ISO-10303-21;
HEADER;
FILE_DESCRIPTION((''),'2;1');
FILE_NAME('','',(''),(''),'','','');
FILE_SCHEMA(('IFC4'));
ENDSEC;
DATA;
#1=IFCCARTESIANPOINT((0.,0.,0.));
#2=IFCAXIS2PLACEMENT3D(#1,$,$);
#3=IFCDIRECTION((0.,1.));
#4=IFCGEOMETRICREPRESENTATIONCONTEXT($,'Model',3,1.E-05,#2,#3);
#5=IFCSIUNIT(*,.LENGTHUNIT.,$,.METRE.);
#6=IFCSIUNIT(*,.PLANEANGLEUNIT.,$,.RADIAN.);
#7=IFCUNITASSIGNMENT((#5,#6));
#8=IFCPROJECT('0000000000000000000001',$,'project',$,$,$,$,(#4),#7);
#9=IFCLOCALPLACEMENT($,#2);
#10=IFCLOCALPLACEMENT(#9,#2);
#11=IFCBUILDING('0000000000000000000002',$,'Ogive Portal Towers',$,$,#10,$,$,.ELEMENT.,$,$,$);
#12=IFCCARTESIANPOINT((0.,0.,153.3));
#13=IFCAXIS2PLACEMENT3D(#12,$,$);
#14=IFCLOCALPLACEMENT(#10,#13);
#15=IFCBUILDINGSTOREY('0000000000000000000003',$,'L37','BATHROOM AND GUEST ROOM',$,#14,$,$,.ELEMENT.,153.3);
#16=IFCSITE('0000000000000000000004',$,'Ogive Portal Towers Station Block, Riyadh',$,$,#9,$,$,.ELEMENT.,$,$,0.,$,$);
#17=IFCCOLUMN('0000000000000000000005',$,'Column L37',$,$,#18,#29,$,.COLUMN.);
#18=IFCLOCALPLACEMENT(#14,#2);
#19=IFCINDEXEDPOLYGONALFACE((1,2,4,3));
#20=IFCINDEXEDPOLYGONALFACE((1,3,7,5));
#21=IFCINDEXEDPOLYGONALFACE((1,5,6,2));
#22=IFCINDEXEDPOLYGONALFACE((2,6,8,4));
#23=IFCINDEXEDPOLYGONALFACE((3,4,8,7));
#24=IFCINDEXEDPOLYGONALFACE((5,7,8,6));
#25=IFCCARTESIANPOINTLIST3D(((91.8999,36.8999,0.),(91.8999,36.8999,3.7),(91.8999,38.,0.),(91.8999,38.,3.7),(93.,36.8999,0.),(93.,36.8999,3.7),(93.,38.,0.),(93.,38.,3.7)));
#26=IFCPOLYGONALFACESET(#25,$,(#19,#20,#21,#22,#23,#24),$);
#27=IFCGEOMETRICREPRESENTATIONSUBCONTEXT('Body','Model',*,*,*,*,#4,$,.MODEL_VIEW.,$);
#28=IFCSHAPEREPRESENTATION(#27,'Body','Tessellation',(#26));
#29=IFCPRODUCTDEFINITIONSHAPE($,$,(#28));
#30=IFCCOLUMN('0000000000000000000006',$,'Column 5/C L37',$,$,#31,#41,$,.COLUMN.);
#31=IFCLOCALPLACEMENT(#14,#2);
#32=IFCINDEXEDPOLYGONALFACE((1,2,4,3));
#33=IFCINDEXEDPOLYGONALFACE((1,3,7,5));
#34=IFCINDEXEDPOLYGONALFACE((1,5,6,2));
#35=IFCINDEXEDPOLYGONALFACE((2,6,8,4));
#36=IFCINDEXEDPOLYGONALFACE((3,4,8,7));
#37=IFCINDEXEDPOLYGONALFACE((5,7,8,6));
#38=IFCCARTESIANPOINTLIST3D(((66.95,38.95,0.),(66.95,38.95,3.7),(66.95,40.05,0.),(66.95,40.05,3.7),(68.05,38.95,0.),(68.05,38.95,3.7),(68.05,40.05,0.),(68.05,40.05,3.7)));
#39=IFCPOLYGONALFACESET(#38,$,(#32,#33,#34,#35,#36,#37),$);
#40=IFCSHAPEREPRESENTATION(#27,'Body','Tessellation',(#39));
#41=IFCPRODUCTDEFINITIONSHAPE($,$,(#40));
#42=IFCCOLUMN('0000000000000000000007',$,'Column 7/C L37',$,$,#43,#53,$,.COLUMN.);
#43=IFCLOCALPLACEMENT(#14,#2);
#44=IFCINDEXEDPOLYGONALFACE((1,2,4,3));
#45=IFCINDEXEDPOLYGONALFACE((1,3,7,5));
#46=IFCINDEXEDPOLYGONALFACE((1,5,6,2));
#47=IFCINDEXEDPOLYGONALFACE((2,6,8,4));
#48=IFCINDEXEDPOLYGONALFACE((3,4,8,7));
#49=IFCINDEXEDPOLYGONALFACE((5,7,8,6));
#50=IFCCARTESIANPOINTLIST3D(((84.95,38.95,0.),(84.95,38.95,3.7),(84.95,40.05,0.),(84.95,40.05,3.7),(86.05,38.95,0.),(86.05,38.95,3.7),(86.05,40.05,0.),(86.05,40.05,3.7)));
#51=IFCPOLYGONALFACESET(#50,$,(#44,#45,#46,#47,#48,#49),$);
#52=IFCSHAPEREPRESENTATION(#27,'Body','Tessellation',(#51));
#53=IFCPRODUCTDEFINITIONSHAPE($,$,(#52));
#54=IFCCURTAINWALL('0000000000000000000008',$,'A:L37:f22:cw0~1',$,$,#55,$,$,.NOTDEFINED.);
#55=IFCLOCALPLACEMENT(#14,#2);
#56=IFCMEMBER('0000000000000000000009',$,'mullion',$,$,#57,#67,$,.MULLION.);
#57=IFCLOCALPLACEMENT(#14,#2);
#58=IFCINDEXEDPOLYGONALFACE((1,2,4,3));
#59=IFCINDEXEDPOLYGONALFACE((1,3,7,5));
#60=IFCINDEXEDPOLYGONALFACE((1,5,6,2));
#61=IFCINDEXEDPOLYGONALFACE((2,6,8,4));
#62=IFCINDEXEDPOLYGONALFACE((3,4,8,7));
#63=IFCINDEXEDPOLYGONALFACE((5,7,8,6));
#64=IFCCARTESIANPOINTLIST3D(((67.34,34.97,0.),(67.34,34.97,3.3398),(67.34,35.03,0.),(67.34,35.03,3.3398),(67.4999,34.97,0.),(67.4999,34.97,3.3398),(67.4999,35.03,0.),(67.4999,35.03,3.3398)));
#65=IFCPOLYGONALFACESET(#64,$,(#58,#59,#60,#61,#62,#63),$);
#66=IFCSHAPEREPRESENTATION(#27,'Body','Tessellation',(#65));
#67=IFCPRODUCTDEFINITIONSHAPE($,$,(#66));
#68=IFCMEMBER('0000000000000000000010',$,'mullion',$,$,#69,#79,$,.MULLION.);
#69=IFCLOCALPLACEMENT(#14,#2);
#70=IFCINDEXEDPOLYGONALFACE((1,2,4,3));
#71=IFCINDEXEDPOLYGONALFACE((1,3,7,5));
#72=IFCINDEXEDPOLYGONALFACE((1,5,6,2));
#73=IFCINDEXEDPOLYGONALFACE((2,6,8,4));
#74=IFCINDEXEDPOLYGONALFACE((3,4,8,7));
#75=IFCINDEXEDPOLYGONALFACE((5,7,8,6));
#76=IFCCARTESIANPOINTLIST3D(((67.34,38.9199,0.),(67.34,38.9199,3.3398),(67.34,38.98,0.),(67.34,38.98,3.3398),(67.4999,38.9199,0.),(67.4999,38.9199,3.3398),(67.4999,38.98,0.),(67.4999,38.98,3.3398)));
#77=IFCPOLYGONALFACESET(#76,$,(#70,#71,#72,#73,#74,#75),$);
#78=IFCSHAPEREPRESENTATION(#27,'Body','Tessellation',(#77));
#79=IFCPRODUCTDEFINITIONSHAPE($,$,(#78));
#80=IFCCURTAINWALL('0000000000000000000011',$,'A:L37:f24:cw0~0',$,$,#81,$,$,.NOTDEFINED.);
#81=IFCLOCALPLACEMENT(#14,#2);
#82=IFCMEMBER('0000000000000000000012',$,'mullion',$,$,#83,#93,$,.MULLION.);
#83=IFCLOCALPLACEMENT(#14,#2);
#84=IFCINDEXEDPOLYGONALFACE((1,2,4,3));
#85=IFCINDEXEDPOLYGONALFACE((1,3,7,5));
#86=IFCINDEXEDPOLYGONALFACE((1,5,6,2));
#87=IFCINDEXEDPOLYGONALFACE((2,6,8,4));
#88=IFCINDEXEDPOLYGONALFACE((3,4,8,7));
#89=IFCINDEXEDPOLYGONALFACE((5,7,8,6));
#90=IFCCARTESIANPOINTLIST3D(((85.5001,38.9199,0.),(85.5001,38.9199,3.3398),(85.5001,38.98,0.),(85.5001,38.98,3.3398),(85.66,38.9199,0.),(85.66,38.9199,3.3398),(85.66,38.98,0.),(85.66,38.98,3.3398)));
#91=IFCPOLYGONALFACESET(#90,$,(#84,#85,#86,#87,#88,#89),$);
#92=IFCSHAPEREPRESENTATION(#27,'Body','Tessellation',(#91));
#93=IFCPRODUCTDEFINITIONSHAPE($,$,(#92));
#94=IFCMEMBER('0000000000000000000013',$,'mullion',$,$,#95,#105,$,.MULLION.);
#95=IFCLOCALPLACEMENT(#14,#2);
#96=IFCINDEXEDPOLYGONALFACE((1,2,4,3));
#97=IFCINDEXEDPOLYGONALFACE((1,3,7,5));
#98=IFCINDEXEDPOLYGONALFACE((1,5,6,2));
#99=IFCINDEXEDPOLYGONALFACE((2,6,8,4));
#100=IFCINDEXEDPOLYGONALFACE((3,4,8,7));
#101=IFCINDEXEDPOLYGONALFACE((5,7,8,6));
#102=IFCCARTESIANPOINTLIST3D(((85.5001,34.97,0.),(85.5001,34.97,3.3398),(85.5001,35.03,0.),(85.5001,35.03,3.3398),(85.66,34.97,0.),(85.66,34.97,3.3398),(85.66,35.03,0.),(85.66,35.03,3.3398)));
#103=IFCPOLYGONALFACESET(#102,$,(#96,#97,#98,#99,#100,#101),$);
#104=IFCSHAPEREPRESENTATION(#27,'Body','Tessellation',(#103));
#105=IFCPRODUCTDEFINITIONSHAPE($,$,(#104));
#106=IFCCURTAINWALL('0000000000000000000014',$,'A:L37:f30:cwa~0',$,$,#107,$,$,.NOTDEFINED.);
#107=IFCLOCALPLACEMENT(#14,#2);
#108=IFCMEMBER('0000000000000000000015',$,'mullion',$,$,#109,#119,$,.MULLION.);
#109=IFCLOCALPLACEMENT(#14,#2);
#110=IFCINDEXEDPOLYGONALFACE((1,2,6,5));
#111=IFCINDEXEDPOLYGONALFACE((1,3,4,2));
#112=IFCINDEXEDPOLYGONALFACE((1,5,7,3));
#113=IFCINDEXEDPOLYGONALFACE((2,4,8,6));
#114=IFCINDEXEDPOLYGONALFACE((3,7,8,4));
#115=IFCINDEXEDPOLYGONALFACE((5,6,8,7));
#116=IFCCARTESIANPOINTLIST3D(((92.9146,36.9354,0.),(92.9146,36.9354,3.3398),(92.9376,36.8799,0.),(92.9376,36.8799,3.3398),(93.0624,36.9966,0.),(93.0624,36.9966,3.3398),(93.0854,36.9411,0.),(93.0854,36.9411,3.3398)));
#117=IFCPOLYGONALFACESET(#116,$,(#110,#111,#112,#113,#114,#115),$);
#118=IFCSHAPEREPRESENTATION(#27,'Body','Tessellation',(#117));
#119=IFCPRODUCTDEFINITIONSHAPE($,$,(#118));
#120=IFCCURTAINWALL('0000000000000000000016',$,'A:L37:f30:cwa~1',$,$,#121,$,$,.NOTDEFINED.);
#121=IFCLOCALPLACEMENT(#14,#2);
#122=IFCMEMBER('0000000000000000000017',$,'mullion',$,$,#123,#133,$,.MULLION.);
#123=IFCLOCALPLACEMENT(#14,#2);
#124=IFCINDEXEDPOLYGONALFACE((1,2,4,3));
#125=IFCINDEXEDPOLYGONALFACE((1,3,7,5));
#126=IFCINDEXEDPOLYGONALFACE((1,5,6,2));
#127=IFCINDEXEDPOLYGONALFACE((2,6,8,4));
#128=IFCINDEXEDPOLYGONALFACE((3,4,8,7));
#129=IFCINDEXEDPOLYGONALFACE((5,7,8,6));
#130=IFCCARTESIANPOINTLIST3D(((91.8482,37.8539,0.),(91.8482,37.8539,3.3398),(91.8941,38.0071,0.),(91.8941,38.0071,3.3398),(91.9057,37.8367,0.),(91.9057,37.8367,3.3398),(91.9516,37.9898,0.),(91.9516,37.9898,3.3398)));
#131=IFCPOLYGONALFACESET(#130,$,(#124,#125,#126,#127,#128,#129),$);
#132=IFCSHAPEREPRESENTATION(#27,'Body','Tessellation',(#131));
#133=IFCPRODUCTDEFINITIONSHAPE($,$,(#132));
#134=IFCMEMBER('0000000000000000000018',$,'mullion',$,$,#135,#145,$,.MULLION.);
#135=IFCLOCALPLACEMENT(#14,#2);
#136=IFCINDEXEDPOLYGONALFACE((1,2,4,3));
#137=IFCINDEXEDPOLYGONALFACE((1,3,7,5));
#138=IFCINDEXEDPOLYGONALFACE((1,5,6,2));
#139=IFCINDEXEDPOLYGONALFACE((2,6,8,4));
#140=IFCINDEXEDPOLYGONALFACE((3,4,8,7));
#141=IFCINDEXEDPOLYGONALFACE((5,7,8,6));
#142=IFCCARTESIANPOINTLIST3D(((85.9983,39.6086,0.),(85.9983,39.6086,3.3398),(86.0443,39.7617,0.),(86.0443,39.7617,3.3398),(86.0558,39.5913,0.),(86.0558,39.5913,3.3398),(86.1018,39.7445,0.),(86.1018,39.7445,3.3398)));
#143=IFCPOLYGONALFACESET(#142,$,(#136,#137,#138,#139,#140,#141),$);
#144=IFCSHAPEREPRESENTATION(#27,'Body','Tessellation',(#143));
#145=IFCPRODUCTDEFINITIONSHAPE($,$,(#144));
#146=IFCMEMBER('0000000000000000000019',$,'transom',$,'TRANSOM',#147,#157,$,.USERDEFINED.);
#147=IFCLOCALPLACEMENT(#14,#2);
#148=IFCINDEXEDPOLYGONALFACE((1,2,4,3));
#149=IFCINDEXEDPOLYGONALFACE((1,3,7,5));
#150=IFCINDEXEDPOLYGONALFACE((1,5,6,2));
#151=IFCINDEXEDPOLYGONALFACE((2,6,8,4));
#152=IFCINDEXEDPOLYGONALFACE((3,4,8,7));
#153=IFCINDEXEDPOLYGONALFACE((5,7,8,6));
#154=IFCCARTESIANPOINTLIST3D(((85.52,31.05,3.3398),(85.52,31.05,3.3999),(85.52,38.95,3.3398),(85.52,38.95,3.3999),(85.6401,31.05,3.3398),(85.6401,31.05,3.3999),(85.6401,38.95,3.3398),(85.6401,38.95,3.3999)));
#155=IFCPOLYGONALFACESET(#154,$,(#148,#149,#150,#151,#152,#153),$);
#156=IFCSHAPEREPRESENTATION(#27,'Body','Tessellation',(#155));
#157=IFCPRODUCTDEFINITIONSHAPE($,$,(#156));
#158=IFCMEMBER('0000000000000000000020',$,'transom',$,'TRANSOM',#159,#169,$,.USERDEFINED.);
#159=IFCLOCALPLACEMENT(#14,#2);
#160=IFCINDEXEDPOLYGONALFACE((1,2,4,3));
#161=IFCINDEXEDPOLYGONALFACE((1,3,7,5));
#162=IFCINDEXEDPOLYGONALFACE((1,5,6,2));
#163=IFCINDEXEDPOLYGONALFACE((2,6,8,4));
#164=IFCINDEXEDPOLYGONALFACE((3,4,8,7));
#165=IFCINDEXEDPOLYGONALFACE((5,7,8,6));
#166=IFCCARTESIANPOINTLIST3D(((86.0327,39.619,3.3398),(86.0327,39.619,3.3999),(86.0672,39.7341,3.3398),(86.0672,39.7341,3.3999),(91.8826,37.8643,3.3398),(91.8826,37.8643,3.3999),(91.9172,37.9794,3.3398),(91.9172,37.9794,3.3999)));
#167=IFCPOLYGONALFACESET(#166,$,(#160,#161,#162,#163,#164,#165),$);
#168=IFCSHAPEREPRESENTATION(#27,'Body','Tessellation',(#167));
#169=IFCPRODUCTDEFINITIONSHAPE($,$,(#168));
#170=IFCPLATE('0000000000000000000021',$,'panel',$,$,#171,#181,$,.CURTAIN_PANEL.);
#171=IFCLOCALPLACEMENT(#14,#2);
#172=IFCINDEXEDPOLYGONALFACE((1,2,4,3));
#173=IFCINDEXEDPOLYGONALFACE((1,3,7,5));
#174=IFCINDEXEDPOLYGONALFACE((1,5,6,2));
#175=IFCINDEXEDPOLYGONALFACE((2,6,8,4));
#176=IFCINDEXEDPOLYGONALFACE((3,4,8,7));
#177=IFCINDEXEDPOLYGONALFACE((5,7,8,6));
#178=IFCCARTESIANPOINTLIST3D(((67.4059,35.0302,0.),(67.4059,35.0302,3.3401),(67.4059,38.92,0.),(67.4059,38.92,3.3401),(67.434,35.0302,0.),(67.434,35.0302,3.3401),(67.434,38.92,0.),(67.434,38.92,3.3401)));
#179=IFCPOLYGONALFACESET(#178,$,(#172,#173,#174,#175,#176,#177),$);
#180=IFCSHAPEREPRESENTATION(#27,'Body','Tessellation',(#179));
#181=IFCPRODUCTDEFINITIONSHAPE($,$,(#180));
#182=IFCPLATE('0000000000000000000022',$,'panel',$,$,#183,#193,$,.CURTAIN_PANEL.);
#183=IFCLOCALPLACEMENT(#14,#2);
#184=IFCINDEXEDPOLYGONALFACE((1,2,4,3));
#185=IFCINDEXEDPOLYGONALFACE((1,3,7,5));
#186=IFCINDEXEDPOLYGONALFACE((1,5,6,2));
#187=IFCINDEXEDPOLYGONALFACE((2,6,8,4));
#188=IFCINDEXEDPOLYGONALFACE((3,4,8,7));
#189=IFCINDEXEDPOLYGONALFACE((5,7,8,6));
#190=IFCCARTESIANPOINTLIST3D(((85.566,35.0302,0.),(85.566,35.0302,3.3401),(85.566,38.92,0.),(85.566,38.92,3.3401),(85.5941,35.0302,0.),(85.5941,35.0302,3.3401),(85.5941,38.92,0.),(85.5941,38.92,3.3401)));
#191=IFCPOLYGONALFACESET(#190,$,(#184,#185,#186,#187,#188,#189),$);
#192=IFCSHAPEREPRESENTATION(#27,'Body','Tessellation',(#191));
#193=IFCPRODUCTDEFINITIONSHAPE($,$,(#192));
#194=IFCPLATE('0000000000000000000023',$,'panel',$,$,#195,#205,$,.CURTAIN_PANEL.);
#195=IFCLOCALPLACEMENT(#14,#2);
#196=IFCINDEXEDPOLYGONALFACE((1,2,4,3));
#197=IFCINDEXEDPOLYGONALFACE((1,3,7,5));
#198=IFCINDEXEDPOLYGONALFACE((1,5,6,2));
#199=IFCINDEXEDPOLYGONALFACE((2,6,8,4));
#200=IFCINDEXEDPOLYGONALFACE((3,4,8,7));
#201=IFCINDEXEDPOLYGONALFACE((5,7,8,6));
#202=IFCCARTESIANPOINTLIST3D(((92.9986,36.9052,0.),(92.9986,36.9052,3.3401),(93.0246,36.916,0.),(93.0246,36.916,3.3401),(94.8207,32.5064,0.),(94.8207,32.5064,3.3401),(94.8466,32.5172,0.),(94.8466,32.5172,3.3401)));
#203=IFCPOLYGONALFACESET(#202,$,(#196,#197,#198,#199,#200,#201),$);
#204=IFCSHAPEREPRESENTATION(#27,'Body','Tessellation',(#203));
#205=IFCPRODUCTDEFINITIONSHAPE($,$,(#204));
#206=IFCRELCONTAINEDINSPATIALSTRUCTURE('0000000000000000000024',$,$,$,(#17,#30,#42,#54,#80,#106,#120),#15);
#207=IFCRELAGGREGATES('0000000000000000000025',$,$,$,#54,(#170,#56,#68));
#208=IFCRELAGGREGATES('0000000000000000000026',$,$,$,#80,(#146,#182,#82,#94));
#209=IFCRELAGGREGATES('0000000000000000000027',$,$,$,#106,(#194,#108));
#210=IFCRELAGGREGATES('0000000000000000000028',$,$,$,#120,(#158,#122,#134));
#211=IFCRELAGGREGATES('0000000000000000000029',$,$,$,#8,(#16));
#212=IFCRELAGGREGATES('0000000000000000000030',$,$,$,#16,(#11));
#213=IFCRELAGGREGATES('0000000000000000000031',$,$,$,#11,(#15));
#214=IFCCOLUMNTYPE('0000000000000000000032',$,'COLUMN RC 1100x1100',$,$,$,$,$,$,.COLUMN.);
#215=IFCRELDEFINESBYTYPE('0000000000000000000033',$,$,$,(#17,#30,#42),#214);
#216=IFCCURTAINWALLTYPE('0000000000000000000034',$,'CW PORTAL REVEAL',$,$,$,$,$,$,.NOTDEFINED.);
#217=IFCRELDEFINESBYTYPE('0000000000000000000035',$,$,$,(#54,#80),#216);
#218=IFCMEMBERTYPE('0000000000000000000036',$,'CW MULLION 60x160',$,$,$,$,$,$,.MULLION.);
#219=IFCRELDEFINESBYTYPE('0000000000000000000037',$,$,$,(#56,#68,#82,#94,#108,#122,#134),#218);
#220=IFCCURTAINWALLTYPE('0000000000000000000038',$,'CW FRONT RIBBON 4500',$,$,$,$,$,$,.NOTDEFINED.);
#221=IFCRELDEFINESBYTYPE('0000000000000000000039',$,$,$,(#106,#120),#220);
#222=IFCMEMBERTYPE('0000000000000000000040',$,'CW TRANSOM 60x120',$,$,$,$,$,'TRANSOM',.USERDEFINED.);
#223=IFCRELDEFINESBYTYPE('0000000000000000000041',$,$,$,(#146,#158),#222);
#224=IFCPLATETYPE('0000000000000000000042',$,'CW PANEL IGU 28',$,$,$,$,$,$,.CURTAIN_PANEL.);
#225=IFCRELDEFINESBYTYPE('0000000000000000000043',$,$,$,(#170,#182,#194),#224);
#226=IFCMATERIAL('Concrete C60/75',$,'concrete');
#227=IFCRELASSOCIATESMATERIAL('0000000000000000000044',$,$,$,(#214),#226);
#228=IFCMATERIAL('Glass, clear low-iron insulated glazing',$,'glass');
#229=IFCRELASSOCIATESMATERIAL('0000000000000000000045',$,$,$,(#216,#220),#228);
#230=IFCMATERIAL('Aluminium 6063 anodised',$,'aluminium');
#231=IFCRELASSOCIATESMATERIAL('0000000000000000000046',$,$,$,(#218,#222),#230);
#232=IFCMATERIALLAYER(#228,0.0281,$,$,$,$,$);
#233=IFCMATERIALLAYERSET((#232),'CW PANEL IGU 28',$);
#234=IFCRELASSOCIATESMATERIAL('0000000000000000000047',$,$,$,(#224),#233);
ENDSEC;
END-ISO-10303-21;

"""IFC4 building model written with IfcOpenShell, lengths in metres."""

from ifc_helpers import new_model, si_unit, direction, frame, origin, origin_2d, place, context, subcontext, project, spatial, rectangle, extrude, material, layer, layer_set, material_profile, profile_set, type_object, element, aggregate, save


model = new_model("IFC4")

# Units and contexts
model_context = context("Model", 3, precision=1e-05, world=origin(), true_north=direction((0.0, 1.0)))
body_context = subcontext(model_context, "Body", "Model", "MODEL_VIEW")
ifc_project = project(units=[si_unit("LENGTHUNIT", "METRE"), si_unit("PLANEANGLEUNIT", "RADIAN")], contexts=[model_context])

# Site, building, storey
site_placement = place(None, origin())
site = spatial("IfcSite", under=ifc_project, at=site_placement, Name="Ogive Portal Towers Station Block, Riyadh", CompositionType="ELEMENT", RefElevation=0.0)
building_placement = place(site_placement, origin())
building = spatial("IfcBuilding", under=site, at=building_placement, Name="Ogive Portal Towers", CompositionType="ELEMENT")
storey_placement = place(building_placement, frame((0.0, 0.0, 153.3)))
storey = spatial("IfcBuildingStorey", under=building, at=storey_placement, Name="L37", Description="BATHROOM AND GUEST ROOM", CompositionType="ELEMENT", Elevation=153.3)

# Columns
ifc_material_1 = material(Name="Concrete C60/75", Category="concrete")
ifc_material_profile_1 = material_profile(ifc_material_1, rectangle(XDim=1.1001, YDim=1.1001, at=origin_2d()), Name="RC 1100x1100")
ifc_profile_set_1 = profile_set([ifc_material_profile_1], Name="Concrete C60/75")
column_type = type_object("IfcColumnType", Name="COLUMN RC 1100x1100", PredefinedType="COLUMN", material=ifc_profile_set_1)
for number, where, z_axis, x_axis, name in (
    (1, (92.45, 37.45, 0.0), (0.0, 0.0, 1.0), (1.0, 0.0, 0.0), "Column L37"),
    (2, (67.5, 39.5, 0.0), (0.0, 0.0, 1.0), (1.0, 0.0, 0.0), "Column 5/C L37"),
    (3, (85.5, 39.5, 0.0), (0.0, 0.0, 1.0), (1.0, 0.0, 0.0), "Column 7/C L37"),
):
    element("IfcColumn", number, at=place(storey_placement, frame(where, z_axis=z_axis, x_axis=x_axis)), inside=storey, type_object=column_type, Name=name, PredefinedType="COLUMN", context=body_context, shape_type="SweptSolid", body=[
        extrude(rectangle(XDim=1.1001, YDim=1.1001, at=origin_2d()), origin(), (0.0, 0.0, 1.0), 3.7),
    ])

# Curtain walls, members
ifc_material_2 = material(Name="Glass, clear low-iron insulated glazing", Category="glass")
curtain_wall_type_1 = type_object("IfcCurtainWallType", Name="CW PORTAL REVEAL", PredefinedType="NOTDEFINED", material=ifc_material_2)
curtain_wall_1_placement = place(storey_placement, origin())
curtain_wall_1 = element("IfcCurtainWall", 4, at=curtain_wall_1_placement, inside=storey, type_object=curtain_wall_type_1, Name="A:L37:f22:cw0~1", PredefinedType="NOTDEFINED")
ifc_material_3 = material(Name="Aluminium 6063 anodised", Category="aluminium")
ifc_material_profile_2 = material_profile(ifc_material_3, rectangle(XDim=0.1599, YDim=0.0601, at=origin_2d()), Name="AL 60x160")
ifc_profile_set_2 = profile_set([ifc_material_profile_2], Name="Aluminium 6063 anodised")
member_type_1 = type_object("IfcMemberType", Name="CW MULLION 60x160", PredefinedType="MULLION", material=ifc_profile_set_2)
member_1_placement = place(storey_placement, frame((67.4199, 35.0, 0.0), z_axis=(0.0, 0.0, 1.0), x_axis=(-1.0, 0.0, 0.0)))
member_1 = element("IfcMember", 5, at=member_1_placement, type_object=member_type_1, Name="mullion", PredefinedType="MULLION", context=body_context, shape_type="SweptSolid", body=[
    extrude(rectangle(XDim=0.1599, YDim=0.0601, at=origin_2d()), origin(), (0.0, 0.0, 1.0), 3.3398),
])
member_2_placement = place(storey_placement, frame((67.4199, 38.95, 0.0), z_axis=(0.0, 0.0, 1.0), x_axis=(-1.0, 0.0, 0.0)))
member_2 = element("IfcMember", 6, at=member_2_placement, type_object=member_type_1, Name="mullion", PredefinedType="MULLION", context=body_context, shape_type="SweptSolid", body=[
    extrude(rectangle(XDim=0.1599, YDim=0.0601, at=origin_2d()), origin(), (0.0, 0.0, 1.0), 3.3398),
])
curtain_wall_2_placement = place(storey_placement, origin())
curtain_wall_2 = element("IfcCurtainWall", 7, at=curtain_wall_2_placement, inside=storey, type_object=curtain_wall_type_1, Name="A:L37:f24:cw0~0", PredefinedType="NOTDEFINED")
member_3_placement = place(storey_placement, frame((85.5801, 38.95, 0.0), z_axis=(0.0, 0.0, 1.0), x_axis=(1.0, 0.0, 0.0)))
member_3 = element("IfcMember", 8, at=member_3_placement, type_object=member_type_1, Name="mullion", PredefinedType="MULLION", context=body_context, shape_type="SweptSolid", body=[
    extrude(rectangle(XDim=0.1599, YDim=0.0601, at=origin_2d()), origin(), (0.0, 0.0, 1.0), 3.3398),
])
member_4_placement = place(storey_placement, frame((85.5801, 35.0, 0.0), z_axis=(0.0, 0.0, 1.0), x_axis=(1.0, 0.0, 0.0)))
member_4 = element("IfcMember", 9, at=member_4_placement, type_object=member_type_1, Name="mullion", PredefinedType="MULLION", context=body_context, shape_type="SweptSolid", body=[
    extrude(rectangle(XDim=0.1599, YDim=0.0601, at=origin_2d()), origin(), (0.0, 0.0, 1.0), 3.3398),
])

# Curtain wall, member
curtain_wall_type_2 = type_object("IfcCurtainWallType", Name="CW FRONT RIBBON 4500", PredefinedType="NOTDEFINED", material=ifc_material_2)
curtain_wall_3_placement = place(storey_placement, origin())
curtain_wall_3 = element("IfcCurtainWall", 10, at=curtain_wall_3_placement, inside=storey, type_object=curtain_wall_type_2, Name="A:L37:f30:cwa~0", PredefinedType="NOTDEFINED")
member_5_placement = place(storey_placement, frame((93.0, 36.9382, 0.0), z_axis=(0.0, 0.0, 1.0), x_axis=(-0.92388, -0.382683, 0.0)))
member_5 = element("IfcMember", 11, at=member_5_placement, type_object=member_type_1, Name="mullion", PredefinedType="MULLION", context=body_context, shape_type="SweptSolid", body=[
    extrude(rectangle(XDim=0.1599, YDim=0.0601, at=origin_2d()), origin(), (0.0, 0.0, 1.0), 3.3398),
])

# Curtain wall, members
curtain_wall_4_placement = place(storey_placement, origin())
curtain_wall_4 = element("IfcCurtainWall", 12, at=curtain_wall_4_placement, inside=storey, type_object=curtain_wall_type_2, Name="A:L37:f30:cwa~1", PredefinedType="NOTDEFINED")
member_6_placement = place(storey_placement, frame((91.8999, 37.9219, 0.0), z_axis=(0.0, 0.0, 1.0), x_axis=(-0.287306, -0.957839, 0.0)))
member_6 = element("IfcMember", 13, at=member_6_placement, type_object=member_type_1, Name="mullion", PredefinedType="MULLION", context=body_context, shape_type="SweptSolid", body=[
    extrude(rectangle(XDim=0.1599, YDim=0.0601, at=origin_2d()), origin(), (0.0, 0.0, 1.0), 3.3398),
])
member_7_placement = place(storey_placement, frame((86.05, 39.6765, 0.0), z_axis=(0.0, 0.0, 1.0), x_axis=(-0.287306, -0.957839, 0.0)))
member_7 = element("IfcMember", 14, at=member_7_placement, type_object=member_type_1, Name="mullion", PredefinedType="MULLION", context=body_context, shape_type="SweptSolid", body=[
    extrude(rectangle(XDim=0.1599, YDim=0.0601, at=origin_2d()), origin(), (0.0, 0.0, 1.0), 3.3398),
])

# Members
ifc_material_profile_3 = material_profile(ifc_material_3, rectangle(XDim=0.1201, YDim=0.0601, at=origin_2d()), Name="AL 120x60")
ifc_profile_set_3 = profile_set([ifc_material_profile_3], Name="Aluminium 6063 anodised")
member_type_2 = type_object("IfcMemberType", Name="CW TRANSOM 60x120", ElementType="TRANSOM", PredefinedType="USERDEFINED", material=ifc_profile_set_3)
member_8_placement = place(storey_placement, frame((85.5801, 38.95, 3.3699), z_axis=(0.0, -1.0, 0.0), x_axis=(1.0, 0.0, 0.0)))
member_8 = element("IfcMember", 15, at=member_8_placement, type_object=member_type_2, Name="transom", ObjectType="TRANSOM", PredefinedType="USERDEFINED", context=body_context, shape_type="SweptSolid", body=[
    extrude(rectangle(XDim=0.1201, YDim=0.0601, at=origin_2d()), origin(), (0.0, 0.0, 1.0), 7.8999),
])
member_9_placement = place(storey_placement, frame((91.8999, 37.9219, 3.3699), z_axis=(-0.957841, 0.2873, 0.0), x_axis=(-0.2873, -0.957841, 0.0)))
member_9 = element("IfcMember", 16, at=member_9_placement, type_object=member_type_2, Name="transom", ObjectType="TRANSOM", PredefinedType="USERDEFINED", context=body_context, shape_type="SweptSolid", body=[
    extrude(rectangle(XDim=0.1201, YDim=0.0601, at=origin_2d()), origin(), (0.0, 0.0, 1.0), 6.1074),
])

# Plates
ifc_layer_1 = layer(ifc_material_2, 0.0281)
ifc_layer_set_1 = layer_set([ifc_layer_1], Name="CW PANEL IGU 28")
plate_type = type_object("IfcPlateType", Name="CW PANEL IGU 28", PredefinedType="CURTAIN_PANEL", material=ifc_layer_set_1)
plate_1_placement = place(storey_placement, frame((67.4199, 36.9751, 0.0), z_axis=(0.0, 0.0, 1.0), x_axis=(0.0, 1.0, 0.0)))
plate_1 = element("IfcPlate", 17, at=plate_1_placement, type_object=plate_type, Name="panel", PredefinedType="CURTAIN_PANEL", context=body_context, shape_type="SweptSolid", body=[
    extrude(rectangle(XDim=3.8899, YDim=0.0281, at=origin_2d()), origin(), (0.0, 0.0, 1.0), 3.3401),
])
aggregate(curtain_wall_1, [plate_1, member_1, member_2])
plate_2_placement = place(storey_placement, frame((85.5801, 36.9751, 0.0), z_axis=(0.0, 0.0, 1.0), x_axis=(0.0, -1.0, 0.0)))
plate_2 = element("IfcPlate", 18, at=plate_2_placement, type_object=plate_type, Name="panel", PredefinedType="CURTAIN_PANEL", context=body_context, shape_type="SweptSolid", body=[
    extrude(rectangle(XDim=3.8899, YDim=0.0281, at=origin_2d()), origin(), (0.0, 0.0, 1.0), 3.3401),
])
aggregate(curtain_wall_2, [member_8, plate_2, member_3, member_4])
plate_3_placement = place(storey_placement, frame((93.9226, 34.7112, 0.0), z_axis=(0.0, 0.0, 1.0), x_axis=(-0.382683, 0.92388, 0.0)))
plate_3 = element("IfcPlate", 19, at=plate_3_placement, type_object=plate_type, Name="panel", PredefinedType="CURTAIN_PANEL", context=body_context, shape_type="SweptSolid", body=[
    extrude(rectangle(XDim=4.7612, YDim=0.0281, at=origin_2d()), origin(), (0.0, 0.0, 1.0), 3.3401),
])
aggregate(curtain_wall_3, [plate_3, member_5])
aggregate(curtain_wall_4, [member_9, member_6, member_7])

save(model, "model.ifc")
